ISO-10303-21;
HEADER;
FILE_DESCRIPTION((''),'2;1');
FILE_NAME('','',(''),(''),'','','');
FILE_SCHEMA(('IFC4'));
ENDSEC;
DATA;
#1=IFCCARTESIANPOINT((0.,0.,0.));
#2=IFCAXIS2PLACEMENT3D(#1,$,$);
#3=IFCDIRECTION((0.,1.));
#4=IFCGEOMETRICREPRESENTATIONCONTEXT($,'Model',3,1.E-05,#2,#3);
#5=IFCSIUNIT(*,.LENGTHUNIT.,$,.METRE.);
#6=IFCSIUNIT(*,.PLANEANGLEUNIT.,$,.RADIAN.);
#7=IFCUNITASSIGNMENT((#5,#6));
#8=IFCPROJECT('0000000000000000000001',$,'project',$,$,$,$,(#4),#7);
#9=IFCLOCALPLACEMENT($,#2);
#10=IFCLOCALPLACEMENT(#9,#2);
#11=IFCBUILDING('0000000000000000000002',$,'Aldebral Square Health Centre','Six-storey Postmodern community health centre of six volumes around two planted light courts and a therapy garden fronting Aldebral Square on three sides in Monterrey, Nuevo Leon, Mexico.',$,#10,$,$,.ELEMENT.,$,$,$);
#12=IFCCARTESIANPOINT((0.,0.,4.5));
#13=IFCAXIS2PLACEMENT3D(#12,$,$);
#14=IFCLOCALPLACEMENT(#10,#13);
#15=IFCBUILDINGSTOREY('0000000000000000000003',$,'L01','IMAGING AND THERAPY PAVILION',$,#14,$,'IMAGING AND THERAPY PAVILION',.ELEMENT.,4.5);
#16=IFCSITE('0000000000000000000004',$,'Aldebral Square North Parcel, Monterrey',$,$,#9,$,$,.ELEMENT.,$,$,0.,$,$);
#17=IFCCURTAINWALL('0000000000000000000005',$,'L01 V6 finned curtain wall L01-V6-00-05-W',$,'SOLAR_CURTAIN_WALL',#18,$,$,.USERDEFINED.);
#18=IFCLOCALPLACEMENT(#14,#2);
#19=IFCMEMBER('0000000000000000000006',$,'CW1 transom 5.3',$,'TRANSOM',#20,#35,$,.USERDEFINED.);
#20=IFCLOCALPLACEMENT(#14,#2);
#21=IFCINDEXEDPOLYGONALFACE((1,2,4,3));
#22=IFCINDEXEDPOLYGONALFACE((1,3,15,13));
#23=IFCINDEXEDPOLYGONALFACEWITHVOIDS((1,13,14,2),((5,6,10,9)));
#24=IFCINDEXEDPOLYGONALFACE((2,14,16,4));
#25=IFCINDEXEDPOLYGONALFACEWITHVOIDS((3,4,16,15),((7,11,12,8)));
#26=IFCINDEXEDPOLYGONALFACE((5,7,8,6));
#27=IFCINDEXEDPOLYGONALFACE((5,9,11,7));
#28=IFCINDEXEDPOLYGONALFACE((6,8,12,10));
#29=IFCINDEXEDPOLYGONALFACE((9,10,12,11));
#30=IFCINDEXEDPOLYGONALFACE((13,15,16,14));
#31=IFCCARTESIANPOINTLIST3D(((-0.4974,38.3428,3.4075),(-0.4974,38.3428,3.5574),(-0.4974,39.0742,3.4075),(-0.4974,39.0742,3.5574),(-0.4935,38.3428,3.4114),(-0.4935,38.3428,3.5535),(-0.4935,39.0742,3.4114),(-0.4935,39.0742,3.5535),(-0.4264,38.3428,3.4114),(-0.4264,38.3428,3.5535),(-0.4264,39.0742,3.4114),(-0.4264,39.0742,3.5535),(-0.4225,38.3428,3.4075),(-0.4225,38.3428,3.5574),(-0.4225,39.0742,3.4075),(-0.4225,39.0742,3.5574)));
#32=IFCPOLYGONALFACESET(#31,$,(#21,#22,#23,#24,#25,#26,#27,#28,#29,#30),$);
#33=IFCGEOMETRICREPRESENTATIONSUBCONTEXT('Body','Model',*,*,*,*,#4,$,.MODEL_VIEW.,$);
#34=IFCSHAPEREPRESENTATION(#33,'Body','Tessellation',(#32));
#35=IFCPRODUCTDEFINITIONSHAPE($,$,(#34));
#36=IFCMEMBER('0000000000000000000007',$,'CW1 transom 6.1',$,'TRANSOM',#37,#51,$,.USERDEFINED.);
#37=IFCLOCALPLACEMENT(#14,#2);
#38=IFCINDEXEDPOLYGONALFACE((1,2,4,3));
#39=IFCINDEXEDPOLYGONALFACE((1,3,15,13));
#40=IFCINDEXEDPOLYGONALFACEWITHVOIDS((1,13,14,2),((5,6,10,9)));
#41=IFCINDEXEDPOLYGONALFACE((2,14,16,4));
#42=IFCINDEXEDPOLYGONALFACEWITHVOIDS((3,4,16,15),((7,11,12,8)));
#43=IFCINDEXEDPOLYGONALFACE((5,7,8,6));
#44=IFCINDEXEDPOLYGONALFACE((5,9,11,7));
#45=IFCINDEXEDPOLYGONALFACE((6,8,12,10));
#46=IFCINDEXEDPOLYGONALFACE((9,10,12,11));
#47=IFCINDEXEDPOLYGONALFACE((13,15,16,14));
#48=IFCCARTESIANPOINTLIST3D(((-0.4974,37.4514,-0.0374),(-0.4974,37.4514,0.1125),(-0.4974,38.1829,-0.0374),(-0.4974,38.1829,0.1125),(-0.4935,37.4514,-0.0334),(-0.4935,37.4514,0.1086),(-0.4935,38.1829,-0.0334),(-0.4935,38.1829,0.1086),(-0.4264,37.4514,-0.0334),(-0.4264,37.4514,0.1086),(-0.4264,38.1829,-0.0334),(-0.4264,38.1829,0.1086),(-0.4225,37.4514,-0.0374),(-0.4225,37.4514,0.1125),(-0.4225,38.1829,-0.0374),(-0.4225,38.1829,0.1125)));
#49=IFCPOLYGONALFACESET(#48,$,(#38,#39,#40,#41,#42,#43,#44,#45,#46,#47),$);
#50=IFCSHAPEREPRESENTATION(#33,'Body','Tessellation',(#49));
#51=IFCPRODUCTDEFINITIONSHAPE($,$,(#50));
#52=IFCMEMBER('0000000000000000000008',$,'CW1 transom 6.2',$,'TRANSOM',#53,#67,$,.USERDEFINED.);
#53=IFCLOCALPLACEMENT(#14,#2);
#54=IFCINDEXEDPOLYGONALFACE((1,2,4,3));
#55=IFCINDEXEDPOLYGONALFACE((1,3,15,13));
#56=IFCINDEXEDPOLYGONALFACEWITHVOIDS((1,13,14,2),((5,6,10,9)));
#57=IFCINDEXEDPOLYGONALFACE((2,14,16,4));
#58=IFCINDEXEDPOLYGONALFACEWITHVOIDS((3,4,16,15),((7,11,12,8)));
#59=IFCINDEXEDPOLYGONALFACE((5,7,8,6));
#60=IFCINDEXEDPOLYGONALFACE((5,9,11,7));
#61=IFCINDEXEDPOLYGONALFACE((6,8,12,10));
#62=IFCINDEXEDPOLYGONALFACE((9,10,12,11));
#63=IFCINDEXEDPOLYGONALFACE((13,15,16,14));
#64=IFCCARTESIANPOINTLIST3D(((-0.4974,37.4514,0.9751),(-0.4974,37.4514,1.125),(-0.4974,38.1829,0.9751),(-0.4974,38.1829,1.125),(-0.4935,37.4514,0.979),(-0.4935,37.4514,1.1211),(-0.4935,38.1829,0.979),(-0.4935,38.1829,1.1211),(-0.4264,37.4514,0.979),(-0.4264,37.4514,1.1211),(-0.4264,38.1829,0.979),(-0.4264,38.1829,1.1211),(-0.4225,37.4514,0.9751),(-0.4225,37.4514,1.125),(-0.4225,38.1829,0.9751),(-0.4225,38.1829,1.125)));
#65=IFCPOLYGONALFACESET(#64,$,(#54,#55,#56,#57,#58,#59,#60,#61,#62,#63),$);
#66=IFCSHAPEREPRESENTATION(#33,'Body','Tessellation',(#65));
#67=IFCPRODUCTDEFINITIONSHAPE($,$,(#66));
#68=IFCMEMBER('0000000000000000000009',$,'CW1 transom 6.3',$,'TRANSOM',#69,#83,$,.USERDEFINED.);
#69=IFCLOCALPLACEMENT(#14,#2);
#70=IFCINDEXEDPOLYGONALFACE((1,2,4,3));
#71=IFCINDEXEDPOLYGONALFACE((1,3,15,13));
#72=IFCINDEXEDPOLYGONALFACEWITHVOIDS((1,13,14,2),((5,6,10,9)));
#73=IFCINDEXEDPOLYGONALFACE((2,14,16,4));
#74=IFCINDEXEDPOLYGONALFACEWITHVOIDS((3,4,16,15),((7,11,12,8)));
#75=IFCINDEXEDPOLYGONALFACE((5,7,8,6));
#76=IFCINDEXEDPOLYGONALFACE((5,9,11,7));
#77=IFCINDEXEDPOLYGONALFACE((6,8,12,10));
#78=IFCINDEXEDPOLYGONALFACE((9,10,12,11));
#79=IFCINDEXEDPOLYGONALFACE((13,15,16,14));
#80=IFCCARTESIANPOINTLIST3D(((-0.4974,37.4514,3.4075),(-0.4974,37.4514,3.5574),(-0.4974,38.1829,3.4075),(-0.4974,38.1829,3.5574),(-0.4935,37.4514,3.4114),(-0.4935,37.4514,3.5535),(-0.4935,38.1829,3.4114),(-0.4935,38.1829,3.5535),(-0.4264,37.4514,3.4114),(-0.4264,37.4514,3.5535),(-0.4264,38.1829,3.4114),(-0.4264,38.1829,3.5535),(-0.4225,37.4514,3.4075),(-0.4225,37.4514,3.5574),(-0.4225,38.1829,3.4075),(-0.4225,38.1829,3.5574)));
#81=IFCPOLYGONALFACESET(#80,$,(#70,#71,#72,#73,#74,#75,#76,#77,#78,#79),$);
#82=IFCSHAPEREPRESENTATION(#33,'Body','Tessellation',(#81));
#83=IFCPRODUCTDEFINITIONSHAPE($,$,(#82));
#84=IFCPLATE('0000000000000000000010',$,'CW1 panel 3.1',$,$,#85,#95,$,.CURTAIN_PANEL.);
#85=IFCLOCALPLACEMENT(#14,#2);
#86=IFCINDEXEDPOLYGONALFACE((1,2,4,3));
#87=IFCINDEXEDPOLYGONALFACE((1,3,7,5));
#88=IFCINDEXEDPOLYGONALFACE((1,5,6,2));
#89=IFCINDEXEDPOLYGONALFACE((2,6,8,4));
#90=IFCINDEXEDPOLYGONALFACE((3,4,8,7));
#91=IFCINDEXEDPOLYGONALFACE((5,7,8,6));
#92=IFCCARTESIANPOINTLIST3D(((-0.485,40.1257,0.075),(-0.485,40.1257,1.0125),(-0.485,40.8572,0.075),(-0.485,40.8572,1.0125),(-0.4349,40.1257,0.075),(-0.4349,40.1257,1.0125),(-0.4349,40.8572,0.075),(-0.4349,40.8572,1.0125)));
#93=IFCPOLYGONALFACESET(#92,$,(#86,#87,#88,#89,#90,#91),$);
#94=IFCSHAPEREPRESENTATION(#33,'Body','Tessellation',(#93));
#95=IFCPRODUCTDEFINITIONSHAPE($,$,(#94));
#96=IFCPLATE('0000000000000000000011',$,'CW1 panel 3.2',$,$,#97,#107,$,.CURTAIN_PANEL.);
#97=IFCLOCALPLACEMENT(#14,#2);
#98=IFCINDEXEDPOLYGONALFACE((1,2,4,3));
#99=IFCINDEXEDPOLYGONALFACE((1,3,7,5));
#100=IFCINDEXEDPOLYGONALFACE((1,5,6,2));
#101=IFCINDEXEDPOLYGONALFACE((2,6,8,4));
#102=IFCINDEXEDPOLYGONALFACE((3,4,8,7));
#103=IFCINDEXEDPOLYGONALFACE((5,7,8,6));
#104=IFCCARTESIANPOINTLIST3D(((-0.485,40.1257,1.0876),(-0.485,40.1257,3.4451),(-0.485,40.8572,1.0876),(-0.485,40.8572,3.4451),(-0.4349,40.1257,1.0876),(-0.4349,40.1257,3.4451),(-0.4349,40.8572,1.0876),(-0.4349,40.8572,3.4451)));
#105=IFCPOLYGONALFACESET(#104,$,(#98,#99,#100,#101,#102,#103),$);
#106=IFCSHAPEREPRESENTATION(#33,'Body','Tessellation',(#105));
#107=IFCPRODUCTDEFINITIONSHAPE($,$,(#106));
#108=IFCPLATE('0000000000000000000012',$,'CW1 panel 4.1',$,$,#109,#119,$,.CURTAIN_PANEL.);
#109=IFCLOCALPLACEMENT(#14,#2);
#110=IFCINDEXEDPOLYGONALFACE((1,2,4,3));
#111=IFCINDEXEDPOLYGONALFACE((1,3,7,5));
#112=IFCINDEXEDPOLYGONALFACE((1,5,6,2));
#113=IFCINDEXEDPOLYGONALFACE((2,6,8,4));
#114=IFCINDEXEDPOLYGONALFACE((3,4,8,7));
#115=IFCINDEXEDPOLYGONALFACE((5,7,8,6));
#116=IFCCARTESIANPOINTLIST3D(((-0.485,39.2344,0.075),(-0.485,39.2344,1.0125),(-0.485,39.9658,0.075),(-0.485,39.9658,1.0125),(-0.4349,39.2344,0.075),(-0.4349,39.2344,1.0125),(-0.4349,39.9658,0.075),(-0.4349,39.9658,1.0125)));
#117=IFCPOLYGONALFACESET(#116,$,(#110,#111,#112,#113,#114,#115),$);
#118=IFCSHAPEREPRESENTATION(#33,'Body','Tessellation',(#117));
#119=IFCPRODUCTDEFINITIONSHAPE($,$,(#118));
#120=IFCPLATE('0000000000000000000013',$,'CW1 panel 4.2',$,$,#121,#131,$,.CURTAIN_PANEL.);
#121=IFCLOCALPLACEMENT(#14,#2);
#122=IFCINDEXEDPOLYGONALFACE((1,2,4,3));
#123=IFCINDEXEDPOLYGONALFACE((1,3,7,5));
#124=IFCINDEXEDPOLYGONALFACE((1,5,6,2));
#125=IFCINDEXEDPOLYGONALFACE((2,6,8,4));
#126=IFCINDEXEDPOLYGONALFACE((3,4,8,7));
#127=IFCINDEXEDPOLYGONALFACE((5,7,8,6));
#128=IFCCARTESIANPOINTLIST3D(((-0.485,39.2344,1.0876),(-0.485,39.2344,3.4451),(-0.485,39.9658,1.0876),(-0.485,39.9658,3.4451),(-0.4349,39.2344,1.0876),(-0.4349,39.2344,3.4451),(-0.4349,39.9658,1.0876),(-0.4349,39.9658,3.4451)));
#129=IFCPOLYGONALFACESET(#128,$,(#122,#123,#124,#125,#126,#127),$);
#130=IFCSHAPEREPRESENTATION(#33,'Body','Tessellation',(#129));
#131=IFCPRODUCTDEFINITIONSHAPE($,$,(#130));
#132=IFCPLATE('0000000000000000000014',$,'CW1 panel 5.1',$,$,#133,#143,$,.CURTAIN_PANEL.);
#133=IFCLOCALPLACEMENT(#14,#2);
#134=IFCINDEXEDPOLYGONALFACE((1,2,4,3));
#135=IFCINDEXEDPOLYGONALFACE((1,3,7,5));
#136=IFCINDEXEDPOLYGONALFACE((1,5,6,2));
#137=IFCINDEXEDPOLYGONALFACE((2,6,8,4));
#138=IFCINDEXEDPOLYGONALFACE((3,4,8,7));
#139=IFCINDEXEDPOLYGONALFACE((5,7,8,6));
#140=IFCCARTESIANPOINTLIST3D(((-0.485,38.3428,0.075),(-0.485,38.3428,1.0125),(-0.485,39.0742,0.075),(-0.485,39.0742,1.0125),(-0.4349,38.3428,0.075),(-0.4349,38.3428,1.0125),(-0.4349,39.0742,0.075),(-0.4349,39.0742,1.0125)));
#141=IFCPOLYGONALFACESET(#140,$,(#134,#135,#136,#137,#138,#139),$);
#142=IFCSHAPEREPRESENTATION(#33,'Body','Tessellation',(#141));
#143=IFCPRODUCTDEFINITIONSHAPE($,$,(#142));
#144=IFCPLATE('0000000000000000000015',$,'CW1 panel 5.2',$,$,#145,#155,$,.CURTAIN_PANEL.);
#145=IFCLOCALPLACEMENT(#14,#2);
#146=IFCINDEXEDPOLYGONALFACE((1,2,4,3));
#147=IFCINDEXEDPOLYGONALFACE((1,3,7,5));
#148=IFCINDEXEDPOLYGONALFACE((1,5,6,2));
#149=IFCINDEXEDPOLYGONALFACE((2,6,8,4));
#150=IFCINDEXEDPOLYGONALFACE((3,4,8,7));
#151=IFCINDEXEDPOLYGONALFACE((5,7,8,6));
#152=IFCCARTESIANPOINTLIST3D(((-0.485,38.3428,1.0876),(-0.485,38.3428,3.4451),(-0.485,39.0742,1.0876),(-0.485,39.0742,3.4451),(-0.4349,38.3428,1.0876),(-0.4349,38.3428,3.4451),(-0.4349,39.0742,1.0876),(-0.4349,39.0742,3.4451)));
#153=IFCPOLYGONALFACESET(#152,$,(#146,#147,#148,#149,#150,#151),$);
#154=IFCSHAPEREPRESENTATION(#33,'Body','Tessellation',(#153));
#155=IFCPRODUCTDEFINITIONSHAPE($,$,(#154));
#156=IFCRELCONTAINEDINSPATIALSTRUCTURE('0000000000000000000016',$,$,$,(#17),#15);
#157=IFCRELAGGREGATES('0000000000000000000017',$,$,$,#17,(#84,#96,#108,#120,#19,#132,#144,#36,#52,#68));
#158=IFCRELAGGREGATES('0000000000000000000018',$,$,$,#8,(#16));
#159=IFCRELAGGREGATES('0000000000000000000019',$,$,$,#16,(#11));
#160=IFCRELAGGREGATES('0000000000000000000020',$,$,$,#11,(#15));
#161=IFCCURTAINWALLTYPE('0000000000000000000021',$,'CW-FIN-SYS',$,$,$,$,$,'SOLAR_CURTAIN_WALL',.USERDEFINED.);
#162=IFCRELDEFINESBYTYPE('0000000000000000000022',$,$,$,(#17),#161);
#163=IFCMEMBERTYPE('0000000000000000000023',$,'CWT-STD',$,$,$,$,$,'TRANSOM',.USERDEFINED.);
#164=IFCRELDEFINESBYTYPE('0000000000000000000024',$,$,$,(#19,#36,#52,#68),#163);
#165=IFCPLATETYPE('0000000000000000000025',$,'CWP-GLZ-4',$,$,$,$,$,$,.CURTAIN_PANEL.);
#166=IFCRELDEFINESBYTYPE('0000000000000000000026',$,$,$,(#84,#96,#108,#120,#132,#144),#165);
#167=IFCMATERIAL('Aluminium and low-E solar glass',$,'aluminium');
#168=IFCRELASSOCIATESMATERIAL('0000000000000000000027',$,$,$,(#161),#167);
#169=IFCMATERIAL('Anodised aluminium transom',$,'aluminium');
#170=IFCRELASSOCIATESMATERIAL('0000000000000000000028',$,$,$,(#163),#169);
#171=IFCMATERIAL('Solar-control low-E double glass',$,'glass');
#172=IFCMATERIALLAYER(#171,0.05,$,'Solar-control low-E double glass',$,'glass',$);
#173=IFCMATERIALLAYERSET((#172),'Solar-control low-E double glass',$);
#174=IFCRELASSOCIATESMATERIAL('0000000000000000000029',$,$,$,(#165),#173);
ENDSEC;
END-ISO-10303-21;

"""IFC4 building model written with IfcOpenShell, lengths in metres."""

from ifc_helpers import new_model, si_unit, direction, frame, origin, origin_2d, place, context, subcontext, project, spatial, rectangle, hollow_rectangle, extrude, material, layer, layer_set, material_profile, profile_set, type_object, element, aggregate, save


model = new_model("IFC4")

# Units and contexts
model_context = context("Model", 3, precision=1e-05, world=origin(), true_north=direction((0.0, 1.0)))
body_context = subcontext(model_context, "Body", "Model", "MODEL_VIEW")
ifc_project = project(units=[si_unit("LENGTHUNIT", "METRE"), si_unit("PLANEANGLEUNIT", "RADIAN")], contexts=[model_context])

# Site, building, storey
site_placement = place(None, origin())
site = spatial("IfcSite", under=ifc_project, at=site_placement, Name="Aldebral Square North Parcel, Monterrey", CompositionType="ELEMENT", RefElevation=0.0)
building_placement = place(site_placement, origin())
building = spatial("IfcBuilding", under=site, at=building_placement, Name="Aldebral Square Health Centre", Description="Six-storey Postmodern community health centre of six volumes around two planted light courts and a therapy garden fronting Aldebral Square on three sides in Monterrey, Nuevo Leon, Mexico.", CompositionType="ELEMENT")
storey_placement = place(building_placement, frame((0.0, 0.0, 4.5)))
storey = spatial("IfcBuildingStorey", under=building, at=storey_placement, Name="L01", Description="IMAGING AND THERAPY PAVILION", LongName="IMAGING AND THERAPY PAVILION", CompositionType="ELEMENT", Elevation=4.5)

# Curtain wall, members, plates
ifc_material_1 = material(Name="Aluminium and low-E solar glass", Category="aluminium")
curtain_wall_type = type_object("IfcCurtainWallType", Name="CW-FIN-SYS", ElementType="SOLAR_CURTAIN_WALL", PredefinedType="USERDEFINED", material=ifc_material_1)
curtain_wall_placement = place(storey_placement, origin())
curtain_wall = element("IfcCurtainWall", 1, at=curtain_wall_placement, inside=storey, type_object=curtain_wall_type, Name="L01 V6 finned curtain wall L01-V6-00-05-W", ObjectType="SOLAR_CURTAIN_WALL", PredefinedType="USERDEFINED")
ifc_material_2 = material(Name="Anodised aluminium transom", Category="aluminium")
ifc_material_profile_1 = material_profile(ifc_material_2, hollow_rectangle(XDim=0.075, YDim=0.1499, WallThickness=0.0039, at=origin_2d()), Name="CWT 75x150x4")
ifc_profile_set_1 = profile_set([ifc_material_profile_1], Name="Anodised aluminium transom")
member_type_1 = type_object("IfcMemberType", Name="CWT-STD", ElementType="TRANSOM", PredefinedType="USERDEFINED", material=ifc_profile_set_1)
member_1_placement = place(storey_placement, frame((-0.46, 39.0742, 3.4824), z_axis=(0.0, -1.0, 0.0), x_axis=(1.0, 0.0, 0.0)))
member_1 = element("IfcMember", 2, at=member_1_placement, type_object=member_type_1, Name="CW1 transom 5.3", ObjectType="TRANSOM", PredefinedType="USERDEFINED", context=body_context, shape_type="SweptSolid", body=[
    extrude(hollow_rectangle(XDim=0.075, YDim=0.1499, WallThickness=0.0039, at=origin_2d()), origin(), (0.0, 0.0, 1.0), 0.7314),
])
member_2_placement = place(storey_placement, frame((-0.46, 38.1829, 0.0376), z_axis=(0.0, -1.0, 0.0), x_axis=(1.0, 0.0, 0.0)))
member_2 = element("IfcMember", 3, at=member_2_placement, type_object=member_type_1, Name="CW1 transom 6.1", ObjectType="TRANSOM", PredefinedType="USERDEFINED", context=body_context, shape_type="SweptSolid", body=[
    extrude(hollow_rectangle(XDim=0.075, YDim=0.1499, WallThickness=0.0039, at=origin_2d()), origin(), (0.0, 0.0, 1.0), 0.7314),
])
member_3_placement = place(storey_placement, frame((-0.46, 38.1829, 1.05), z_axis=(0.0, -1.0, 0.0), x_axis=(1.0, 0.0, 0.0)))
member_3 = element("IfcMember", 4, at=member_3_placement, type_object=member_type_1, Name="CW1 transom 6.2", ObjectType="TRANSOM", PredefinedType="USERDEFINED", context=body_context, shape_type="SweptSolid", body=[
    extrude(hollow_rectangle(XDim=0.075, YDim=0.1499, WallThickness=0.0039, at=origin_2d()), origin(), (0.0, 0.0, 1.0), 0.7314),
])
member_4_placement = place(storey_placement, frame((-0.46, 38.1829, 3.4824), z_axis=(0.0, -1.0, 0.0), x_axis=(1.0, 0.0, 0.0)))
member_4 = element("IfcMember", 5, at=member_4_placement, type_object=member_type_1, Name="CW1 transom 6.3", ObjectType="TRANSOM", PredefinedType="USERDEFINED", context=body_context, shape_type="SweptSolid", body=[
    extrude(hollow_rectangle(XDim=0.075, YDim=0.1499, WallThickness=0.0039, at=origin_2d()), origin(), (0.0, 0.0, 1.0), 0.7314),
])
ifc_material_3 = material(Name="Solar-control low-E double glass", Category="glass")
ifc_layer = layer(ifc_material_3, 0.05, Name="Solar-control low-E double glass", Category="glass")
ifc_layer_set = layer_set([ifc_layer], Name="Solar-control low-E double glass")
plate_type = type_object("IfcPlateType", Name="CWP-GLZ-4", PredefinedType="CURTAIN_PANEL", material=ifc_layer_set)
plate_1_placement = place(storey_placement, frame((-0.46, 40.4915, 0.075), z_axis=(0.0, 0.0, 1.0), x_axis=(0.0, -1.0, 0.0)))
plate_1 = element("IfcPlate", 6, at=plate_1_placement, type_object=plate_type, Name="CW1 panel 3.1", PredefinedType="CURTAIN_PANEL", context=body_context, shape_type="SweptSolid", body=[
    extrude(rectangle(XDim=0.7314, YDim=0.05, at=origin_2d()), origin(), (0.0, 0.0, 1.0), 0.9375),
])
plate_2_placement = place(storey_placement, frame((-0.46, 40.4915, 1.0876), z_axis=(0.0, 0.0, 1.0), x_axis=(0.0, -1.0, 0.0)))
plate_2 = element("IfcPlate", 7, at=plate_2_placement, type_object=plate_type, Name="CW1 panel 3.2", PredefinedType="CURTAIN_PANEL", context=body_context, shape_type="SweptSolid", body=[
    extrude(rectangle(XDim=0.7314, YDim=0.05, at=origin_2d()), origin(), (0.0, 0.0, 1.0), 2.3574),
])
plate_3_placement = place(storey_placement, frame((-0.46, 39.6001, 0.075), z_axis=(0.0, 0.0, 1.0), x_axis=(0.0, -1.0, 0.0)))
plate_3 = element("IfcPlate", 8, at=plate_3_placement, type_object=plate_type, Name="CW1 panel 4.1", PredefinedType="CURTAIN_PANEL", context=body_context, shape_type="SweptSolid", body=[
    extrude(rectangle(XDim=0.7314, YDim=0.05, at=origin_2d()), origin(), (0.0, 0.0, 1.0), 0.9375),
])
plate_4_placement = place(storey_placement, frame((-0.46, 39.6001, 1.0876), z_axis=(0.0, 0.0, 1.0), x_axis=(0.0, -1.0, 0.0)))
plate_4 = element("IfcPlate", 9, at=plate_4_placement, type_object=plate_type, Name="CW1 panel 4.2", PredefinedType="CURTAIN_PANEL", context=body_context, shape_type="SweptSolid", body=[
    extrude(rectangle(XDim=0.7314, YDim=0.05, at=origin_2d()), origin(), (0.0, 0.0, 1.0), 2.3574),
])
plate_5_placement = place(storey_placement, frame((-0.46, 38.7085, 0.075), z_axis=(0.0, 0.0, 1.0), x_axis=(0.0, -1.0, 0.0)))
plate_5 = element("IfcPlate", 10, at=plate_5_placement, type_object=plate_type, Name="CW1 panel 5.1", PredefinedType="CURTAIN_PANEL", context=body_context, shape_type="SweptSolid", body=[
    extrude(rectangle(XDim=0.7314, YDim=0.05, at=origin_2d()), origin(), (0.0, 0.0, 1.0), 0.9375),
])
plate_6_placement = place(storey_placement, frame((-0.46, 38.7085, 1.0876), z_axis=(0.0, 0.0, 1.0), x_axis=(0.0, -1.0, 0.0)))
plate_6 = element("IfcPlate", 11, at=plate_6_placement, type_object=plate_type, Name="CW1 panel 5.2", PredefinedType="CURTAIN_PANEL", context=body_context, shape_type="SweptSolid", body=[
    extrude(rectangle(XDim=0.7314, YDim=0.05, at=origin_2d()), origin(), (0.0, 0.0, 1.0), 2.3574),
])
aggregate(curtain_wall, [plate_1, plate_2, plate_3, plate_4, member_1, plate_5, plate_6, member_2, member_3, member_4])

save(model, "model.ifc")
